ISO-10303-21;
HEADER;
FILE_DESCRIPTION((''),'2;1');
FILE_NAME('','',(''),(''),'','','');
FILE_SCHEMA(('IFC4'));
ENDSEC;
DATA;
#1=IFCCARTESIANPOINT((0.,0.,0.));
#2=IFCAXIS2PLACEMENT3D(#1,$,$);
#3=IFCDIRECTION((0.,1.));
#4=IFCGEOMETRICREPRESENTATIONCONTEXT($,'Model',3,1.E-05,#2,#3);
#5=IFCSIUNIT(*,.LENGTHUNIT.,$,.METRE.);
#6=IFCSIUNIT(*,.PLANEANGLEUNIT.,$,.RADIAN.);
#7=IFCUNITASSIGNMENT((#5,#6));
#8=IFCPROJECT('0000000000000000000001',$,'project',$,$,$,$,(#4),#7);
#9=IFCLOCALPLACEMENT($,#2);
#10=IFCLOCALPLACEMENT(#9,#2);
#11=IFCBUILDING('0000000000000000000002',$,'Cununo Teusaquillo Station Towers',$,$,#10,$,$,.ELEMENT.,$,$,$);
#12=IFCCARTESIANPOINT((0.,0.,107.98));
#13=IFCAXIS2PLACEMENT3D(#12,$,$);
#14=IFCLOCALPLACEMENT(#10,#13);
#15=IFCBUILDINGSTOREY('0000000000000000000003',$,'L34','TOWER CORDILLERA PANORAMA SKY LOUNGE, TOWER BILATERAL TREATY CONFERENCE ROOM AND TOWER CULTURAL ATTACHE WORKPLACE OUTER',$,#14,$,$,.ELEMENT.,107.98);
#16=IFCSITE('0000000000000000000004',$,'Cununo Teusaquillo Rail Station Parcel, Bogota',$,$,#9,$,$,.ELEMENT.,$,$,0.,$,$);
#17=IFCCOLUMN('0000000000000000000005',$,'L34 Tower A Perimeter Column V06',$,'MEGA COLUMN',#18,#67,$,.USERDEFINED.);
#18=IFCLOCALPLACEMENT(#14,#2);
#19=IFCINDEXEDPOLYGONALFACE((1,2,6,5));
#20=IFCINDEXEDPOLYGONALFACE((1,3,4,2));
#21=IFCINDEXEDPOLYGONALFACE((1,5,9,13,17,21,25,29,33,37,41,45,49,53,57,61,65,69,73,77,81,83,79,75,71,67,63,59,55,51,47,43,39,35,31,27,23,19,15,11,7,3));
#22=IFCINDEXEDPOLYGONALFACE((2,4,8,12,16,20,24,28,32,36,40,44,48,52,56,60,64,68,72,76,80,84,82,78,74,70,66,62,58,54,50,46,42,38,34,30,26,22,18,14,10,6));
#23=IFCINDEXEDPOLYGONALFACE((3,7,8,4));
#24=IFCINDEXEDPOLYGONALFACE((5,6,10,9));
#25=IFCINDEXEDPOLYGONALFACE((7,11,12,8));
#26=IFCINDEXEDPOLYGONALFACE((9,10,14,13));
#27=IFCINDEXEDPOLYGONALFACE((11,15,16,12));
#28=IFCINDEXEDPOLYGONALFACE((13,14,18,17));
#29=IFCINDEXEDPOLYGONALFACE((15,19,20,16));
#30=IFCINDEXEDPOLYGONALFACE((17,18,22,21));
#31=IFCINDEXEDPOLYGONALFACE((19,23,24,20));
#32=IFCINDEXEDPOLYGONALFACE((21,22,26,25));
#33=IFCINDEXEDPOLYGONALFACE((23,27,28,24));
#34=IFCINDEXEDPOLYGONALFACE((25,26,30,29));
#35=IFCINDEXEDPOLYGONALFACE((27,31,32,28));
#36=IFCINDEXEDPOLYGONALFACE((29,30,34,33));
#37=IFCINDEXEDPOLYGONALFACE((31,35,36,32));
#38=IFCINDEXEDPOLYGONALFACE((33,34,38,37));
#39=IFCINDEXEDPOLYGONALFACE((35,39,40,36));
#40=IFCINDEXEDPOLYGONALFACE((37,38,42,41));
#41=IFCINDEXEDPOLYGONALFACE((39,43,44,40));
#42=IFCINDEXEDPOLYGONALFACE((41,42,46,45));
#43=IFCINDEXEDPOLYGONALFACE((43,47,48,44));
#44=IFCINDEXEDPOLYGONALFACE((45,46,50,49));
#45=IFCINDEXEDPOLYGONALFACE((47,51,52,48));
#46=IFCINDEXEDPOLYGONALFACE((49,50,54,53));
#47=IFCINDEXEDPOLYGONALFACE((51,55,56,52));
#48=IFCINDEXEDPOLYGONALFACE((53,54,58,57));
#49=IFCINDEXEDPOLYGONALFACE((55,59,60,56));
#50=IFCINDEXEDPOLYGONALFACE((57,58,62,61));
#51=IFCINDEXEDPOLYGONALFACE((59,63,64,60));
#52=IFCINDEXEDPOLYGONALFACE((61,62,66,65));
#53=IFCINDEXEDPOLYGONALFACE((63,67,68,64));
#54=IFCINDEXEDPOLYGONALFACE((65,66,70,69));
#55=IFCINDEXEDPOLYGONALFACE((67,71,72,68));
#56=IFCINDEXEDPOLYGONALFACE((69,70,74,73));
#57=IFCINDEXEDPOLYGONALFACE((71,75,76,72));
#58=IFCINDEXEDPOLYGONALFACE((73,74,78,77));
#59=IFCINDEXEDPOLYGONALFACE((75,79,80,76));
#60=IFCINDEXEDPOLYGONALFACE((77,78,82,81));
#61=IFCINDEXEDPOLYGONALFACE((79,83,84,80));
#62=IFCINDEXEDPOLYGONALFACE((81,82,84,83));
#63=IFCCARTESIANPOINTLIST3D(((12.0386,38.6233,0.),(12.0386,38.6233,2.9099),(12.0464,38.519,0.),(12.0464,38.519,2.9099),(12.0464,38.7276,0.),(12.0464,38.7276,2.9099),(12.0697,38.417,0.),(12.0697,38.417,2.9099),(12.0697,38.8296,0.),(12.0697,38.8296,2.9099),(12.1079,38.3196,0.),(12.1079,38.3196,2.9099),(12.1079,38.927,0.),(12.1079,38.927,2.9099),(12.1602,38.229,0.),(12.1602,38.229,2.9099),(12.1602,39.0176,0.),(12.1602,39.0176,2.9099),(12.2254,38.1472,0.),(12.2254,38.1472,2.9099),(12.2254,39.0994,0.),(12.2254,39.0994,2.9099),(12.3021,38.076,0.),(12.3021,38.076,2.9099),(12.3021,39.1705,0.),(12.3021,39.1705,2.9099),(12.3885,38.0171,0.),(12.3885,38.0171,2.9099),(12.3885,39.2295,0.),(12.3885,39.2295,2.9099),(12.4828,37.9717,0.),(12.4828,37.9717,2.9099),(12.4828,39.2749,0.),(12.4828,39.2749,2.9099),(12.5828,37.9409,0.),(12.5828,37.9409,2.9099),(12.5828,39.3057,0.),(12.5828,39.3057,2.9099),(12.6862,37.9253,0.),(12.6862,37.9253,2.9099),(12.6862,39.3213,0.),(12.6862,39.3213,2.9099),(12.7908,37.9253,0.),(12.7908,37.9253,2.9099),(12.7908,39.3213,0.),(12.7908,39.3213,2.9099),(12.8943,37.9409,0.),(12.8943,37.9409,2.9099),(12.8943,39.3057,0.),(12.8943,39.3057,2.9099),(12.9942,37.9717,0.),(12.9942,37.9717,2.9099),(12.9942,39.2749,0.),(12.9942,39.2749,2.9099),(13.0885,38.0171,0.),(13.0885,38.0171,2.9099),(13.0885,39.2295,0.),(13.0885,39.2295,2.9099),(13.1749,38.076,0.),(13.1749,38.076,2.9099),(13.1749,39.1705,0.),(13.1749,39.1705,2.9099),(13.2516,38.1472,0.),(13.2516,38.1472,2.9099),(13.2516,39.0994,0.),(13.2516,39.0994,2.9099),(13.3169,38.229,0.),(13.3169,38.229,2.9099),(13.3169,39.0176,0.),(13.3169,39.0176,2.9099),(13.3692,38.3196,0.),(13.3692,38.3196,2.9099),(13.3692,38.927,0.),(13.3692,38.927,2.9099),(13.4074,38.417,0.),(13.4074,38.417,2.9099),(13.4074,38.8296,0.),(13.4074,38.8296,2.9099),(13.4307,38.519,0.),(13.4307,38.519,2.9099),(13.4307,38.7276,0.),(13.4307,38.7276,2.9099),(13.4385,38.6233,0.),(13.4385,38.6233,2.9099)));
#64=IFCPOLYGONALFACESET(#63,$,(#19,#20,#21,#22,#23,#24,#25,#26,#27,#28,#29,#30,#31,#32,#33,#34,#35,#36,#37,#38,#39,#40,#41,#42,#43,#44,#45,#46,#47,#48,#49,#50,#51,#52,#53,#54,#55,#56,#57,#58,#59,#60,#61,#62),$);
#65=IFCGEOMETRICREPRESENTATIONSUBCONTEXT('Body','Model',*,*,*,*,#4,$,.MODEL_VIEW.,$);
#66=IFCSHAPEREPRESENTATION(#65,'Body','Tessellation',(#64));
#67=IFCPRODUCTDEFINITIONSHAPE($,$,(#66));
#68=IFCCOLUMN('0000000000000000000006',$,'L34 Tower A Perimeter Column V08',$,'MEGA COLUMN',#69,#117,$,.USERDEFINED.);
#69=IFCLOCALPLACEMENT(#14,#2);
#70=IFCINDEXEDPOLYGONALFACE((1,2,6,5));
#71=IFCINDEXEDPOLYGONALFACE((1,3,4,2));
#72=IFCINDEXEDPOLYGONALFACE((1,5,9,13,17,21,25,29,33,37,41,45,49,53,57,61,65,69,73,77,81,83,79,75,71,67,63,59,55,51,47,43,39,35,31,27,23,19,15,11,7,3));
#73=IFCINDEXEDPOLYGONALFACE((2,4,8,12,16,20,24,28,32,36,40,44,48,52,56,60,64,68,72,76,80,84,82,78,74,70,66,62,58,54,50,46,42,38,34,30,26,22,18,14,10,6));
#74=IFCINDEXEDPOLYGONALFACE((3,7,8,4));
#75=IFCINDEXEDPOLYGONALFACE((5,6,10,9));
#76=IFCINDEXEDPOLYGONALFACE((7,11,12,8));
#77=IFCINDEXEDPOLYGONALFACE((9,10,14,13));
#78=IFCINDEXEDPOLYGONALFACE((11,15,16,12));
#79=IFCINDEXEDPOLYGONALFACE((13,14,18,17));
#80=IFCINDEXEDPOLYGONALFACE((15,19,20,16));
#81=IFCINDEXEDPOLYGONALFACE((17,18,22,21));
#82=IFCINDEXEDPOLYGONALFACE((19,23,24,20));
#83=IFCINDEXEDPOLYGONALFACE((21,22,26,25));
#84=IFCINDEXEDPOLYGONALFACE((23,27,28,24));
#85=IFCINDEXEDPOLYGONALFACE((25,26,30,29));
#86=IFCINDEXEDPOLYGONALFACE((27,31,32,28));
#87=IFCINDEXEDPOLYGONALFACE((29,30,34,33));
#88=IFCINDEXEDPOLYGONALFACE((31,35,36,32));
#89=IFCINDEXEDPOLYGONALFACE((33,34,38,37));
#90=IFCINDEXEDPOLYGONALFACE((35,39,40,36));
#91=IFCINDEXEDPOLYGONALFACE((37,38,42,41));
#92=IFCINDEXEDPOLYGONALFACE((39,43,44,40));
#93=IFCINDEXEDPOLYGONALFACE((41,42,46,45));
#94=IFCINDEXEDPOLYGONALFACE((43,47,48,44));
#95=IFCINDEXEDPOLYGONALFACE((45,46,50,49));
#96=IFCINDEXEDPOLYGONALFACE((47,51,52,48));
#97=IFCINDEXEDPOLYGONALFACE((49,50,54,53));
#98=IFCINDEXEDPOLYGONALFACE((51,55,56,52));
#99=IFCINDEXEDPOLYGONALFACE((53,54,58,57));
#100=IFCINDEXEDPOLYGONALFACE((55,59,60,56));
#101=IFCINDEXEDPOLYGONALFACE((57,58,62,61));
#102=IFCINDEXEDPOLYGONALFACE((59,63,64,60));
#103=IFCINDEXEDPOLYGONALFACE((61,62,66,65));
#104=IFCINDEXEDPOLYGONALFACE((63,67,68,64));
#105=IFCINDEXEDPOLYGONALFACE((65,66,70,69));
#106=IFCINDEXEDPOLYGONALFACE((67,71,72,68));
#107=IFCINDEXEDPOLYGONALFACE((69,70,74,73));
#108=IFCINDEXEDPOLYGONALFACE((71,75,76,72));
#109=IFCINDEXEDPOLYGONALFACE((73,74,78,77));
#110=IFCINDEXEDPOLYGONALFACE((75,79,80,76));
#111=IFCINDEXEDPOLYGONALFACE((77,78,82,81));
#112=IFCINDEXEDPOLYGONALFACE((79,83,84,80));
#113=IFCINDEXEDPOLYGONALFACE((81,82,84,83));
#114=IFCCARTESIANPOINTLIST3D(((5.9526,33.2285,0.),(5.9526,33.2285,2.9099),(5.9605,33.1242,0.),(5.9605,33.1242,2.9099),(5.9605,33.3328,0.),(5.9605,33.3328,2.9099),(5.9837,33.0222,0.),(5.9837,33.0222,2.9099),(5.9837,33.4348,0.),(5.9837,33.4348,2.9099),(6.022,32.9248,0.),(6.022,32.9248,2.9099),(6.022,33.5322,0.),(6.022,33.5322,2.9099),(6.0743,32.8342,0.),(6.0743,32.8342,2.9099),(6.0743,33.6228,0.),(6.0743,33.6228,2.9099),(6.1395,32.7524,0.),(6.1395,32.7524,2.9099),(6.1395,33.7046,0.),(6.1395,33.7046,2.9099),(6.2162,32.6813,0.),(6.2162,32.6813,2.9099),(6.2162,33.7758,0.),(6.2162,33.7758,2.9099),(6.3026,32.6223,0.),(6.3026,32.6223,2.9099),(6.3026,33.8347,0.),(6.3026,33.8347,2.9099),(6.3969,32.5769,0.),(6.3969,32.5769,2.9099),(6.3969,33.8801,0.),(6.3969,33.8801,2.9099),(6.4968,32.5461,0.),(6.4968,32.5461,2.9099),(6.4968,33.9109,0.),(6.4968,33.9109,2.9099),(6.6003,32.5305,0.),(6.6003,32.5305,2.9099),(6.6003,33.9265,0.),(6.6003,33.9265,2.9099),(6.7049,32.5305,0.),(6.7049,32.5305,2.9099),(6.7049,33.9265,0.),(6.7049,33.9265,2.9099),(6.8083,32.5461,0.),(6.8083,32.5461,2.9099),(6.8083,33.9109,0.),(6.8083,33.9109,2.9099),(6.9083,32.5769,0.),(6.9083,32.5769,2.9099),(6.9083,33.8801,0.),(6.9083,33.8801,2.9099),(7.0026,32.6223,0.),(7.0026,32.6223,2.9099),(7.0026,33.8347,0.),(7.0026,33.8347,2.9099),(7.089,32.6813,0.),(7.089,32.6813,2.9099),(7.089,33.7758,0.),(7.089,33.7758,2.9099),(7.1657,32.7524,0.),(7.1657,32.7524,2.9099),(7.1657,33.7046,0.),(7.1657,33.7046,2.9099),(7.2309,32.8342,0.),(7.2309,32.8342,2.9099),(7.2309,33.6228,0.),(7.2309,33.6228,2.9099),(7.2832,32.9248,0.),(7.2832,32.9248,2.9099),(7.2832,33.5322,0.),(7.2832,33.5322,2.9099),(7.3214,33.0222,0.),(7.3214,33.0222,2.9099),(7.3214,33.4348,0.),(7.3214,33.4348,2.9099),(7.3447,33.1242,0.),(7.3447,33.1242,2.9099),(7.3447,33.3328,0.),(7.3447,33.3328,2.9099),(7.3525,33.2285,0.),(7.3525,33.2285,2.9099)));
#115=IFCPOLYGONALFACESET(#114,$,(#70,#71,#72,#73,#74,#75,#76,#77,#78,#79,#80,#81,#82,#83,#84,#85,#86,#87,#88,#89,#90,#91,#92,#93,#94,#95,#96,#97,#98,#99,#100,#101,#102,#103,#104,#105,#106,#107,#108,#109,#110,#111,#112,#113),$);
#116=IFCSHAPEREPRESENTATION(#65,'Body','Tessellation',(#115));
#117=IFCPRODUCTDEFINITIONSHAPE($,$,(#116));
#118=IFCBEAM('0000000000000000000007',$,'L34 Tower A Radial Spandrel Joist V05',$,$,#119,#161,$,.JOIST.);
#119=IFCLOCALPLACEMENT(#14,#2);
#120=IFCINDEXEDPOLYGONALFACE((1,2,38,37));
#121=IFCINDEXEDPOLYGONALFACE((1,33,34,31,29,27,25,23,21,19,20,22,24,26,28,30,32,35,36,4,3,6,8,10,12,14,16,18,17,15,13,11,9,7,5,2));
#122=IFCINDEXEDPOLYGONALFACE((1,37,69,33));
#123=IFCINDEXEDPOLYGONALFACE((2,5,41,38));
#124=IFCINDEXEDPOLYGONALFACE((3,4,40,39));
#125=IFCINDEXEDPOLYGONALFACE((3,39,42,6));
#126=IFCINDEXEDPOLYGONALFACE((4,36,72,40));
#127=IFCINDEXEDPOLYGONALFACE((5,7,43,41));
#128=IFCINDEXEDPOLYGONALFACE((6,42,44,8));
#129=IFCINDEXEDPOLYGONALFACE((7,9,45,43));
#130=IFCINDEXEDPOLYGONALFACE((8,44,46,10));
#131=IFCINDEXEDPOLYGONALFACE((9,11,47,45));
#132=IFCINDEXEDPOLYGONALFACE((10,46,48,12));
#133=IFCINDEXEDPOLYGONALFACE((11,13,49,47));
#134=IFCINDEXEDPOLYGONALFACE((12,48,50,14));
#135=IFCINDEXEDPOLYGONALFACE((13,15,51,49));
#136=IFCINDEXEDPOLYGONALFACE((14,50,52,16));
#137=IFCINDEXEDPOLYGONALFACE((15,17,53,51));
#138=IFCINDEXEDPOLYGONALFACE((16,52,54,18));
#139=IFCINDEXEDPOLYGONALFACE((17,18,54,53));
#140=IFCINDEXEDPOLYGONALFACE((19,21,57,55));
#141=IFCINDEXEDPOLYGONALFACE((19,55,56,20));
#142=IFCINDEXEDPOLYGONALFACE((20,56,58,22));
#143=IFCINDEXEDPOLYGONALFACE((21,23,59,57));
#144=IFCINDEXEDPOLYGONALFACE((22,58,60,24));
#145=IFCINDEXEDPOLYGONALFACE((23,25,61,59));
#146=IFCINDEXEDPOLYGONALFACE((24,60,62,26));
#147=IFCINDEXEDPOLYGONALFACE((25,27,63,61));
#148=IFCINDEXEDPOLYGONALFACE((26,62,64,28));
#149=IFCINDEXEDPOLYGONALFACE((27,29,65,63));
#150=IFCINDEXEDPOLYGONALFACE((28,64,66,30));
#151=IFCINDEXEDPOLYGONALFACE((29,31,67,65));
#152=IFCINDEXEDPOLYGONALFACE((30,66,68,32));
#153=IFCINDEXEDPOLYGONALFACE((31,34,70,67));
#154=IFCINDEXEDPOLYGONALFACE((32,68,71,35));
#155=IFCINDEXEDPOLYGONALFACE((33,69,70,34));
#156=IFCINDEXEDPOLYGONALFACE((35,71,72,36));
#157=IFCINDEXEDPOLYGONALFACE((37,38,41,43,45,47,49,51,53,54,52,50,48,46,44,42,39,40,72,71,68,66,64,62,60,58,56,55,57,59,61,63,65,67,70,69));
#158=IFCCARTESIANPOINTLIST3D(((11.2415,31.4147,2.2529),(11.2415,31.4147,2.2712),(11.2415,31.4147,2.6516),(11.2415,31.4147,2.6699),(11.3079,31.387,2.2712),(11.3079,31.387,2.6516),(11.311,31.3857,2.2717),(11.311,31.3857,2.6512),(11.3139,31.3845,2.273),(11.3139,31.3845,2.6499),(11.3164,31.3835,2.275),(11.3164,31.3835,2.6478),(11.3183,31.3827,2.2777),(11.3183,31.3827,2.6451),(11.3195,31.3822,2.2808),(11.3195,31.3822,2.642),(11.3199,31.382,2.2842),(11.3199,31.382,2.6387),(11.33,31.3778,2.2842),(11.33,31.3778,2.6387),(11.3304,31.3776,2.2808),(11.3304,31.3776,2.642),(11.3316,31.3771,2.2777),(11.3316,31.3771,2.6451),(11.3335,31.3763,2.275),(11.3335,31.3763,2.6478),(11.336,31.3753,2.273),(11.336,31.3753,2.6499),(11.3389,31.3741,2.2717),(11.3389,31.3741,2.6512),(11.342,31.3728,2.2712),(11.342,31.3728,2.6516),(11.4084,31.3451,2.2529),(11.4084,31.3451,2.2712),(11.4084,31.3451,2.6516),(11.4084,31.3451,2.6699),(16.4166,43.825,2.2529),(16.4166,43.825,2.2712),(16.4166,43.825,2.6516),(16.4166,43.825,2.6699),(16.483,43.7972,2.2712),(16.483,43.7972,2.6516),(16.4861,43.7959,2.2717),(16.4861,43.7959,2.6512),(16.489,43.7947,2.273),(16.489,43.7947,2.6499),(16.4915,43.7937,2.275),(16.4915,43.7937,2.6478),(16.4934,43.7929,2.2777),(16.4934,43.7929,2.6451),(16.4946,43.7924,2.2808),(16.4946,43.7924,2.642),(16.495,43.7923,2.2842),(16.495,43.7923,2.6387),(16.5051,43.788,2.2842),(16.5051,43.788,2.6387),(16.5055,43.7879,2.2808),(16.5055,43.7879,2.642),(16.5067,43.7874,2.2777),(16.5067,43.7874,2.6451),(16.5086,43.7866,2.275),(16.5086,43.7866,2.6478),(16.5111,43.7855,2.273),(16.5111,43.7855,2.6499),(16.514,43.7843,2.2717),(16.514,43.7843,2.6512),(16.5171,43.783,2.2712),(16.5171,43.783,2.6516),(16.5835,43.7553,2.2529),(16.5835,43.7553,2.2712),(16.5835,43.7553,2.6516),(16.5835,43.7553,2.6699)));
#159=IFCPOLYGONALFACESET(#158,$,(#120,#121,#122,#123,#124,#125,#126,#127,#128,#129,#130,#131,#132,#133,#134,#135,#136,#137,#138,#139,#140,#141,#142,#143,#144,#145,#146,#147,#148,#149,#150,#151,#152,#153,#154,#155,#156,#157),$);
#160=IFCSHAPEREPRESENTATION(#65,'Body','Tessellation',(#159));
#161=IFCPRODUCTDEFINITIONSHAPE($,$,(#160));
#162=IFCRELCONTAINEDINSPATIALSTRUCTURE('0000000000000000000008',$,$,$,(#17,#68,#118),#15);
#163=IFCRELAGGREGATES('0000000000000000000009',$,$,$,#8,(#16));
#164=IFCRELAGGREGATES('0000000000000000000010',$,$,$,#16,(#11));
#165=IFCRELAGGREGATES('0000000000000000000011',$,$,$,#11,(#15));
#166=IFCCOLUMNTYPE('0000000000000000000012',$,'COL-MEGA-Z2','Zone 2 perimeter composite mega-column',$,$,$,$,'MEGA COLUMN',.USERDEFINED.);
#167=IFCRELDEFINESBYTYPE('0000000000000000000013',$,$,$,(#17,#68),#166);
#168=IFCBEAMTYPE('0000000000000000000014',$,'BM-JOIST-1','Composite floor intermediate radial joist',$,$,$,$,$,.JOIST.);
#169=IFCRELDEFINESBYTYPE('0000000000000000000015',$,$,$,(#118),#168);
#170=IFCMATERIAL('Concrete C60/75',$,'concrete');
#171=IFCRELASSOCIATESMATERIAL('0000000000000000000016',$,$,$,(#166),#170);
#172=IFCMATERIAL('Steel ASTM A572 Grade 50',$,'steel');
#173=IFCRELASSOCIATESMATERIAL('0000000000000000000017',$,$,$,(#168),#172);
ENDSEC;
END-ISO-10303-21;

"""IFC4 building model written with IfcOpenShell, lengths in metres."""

from ifc_helpers import new_model, si_unit, direction, frame, origin, origin_2d, place, context, subcontext, project, spatial, circle, i_section, extrude, material, material_profile, profile_set, type_object, element, save


model = new_model("IFC4")

# Units and contexts
model_context = context("Model", 3, precision=1e-05, world=origin(), true_north=direction((0.0, 1.0)))
body_context = subcontext(model_context, "Body", "Model", "MODEL_VIEW")
ifc_project = project(units=[si_unit("LENGTHUNIT", "METRE"), si_unit("PLANEANGLEUNIT", "RADIAN")], contexts=[model_context])

# Site, building, storey
site_placement = place(None, origin())
site = spatial("IfcSite", under=ifc_project, at=site_placement, Name="Cununo Teusaquillo Rail Station Parcel, Bogota", CompositionType="ELEMENT", RefElevation=0.0)
building_placement = place(site_placement, origin())
building = spatial("IfcBuilding", under=site, at=building_placement, Name="Cununo Teusaquillo Station Towers", CompositionType="ELEMENT")
storey_placement = place(building_placement, frame((0.0, 0.0, 107.98)))
storey = spatial("IfcBuildingStorey", under=building, at=storey_placement, Name="L34", Description="TOWER CORDILLERA PANORAMA SKY LOUNGE, TOWER BILATERAL TREATY CONFERENCE ROOM AND TOWER CULTURAL ATTACHE WORKPLACE OUTER", CompositionType="ELEMENT", Elevation=107.98)

# Columns
ifc_material_1 = material(Name="Concrete C60/75", Category="concrete")
ifc_material_profile_1 = material_profile(ifc_material_1, circle(Radius=0.7, at=origin_2d()), Name="RC-CIRC-1400")
ifc_profile_set_1 = profile_set([ifc_material_profile_1], Name="Concrete C60/75")
column_type = type_object("IfcColumnType", Name="COL-MEGA-Z2", Description="Zone 2 perimeter composite mega-column", ElementType="MEGA COLUMN", PredefinedType="USERDEFINED", material=ifc_profile_set_1)
for number, where, z_axis, x_axis, name in (
    (1, (12.7385, 38.6233, 0.0), (0.0, 0.0, 1.0), (1.0, 0.0, 0.0), "L34 Tower A Perimeter Column V06"),
    (2, (6.6526, 33.2285, 0.0), (0.0, 0.0, 1.0), (1.0, 0.0, 0.0), "L34 Tower A Perimeter Column V08"),
):
    element("IfcColumn", number, at=place(storey_placement, frame(where, z_axis=z_axis, x_axis=x_axis)), inside=storey, type_object=column_type, Name=name, ObjectType="MEGA COLUMN", PredefinedType="USERDEFINED", context=body_context, shape_type="SweptSolid", body=[
        extrude(circle(Radius=0.7, at=origin_2d()), origin(), (0.0, 0.0, 1.0), 2.9099),
    ])

# Beam
ifc_material_2 = material(Name="Steel ASTM A572 Grade 50", Category="steel")
ifc_material_profile_2 = material_profile(ifc_material_2, i_section(OverallWidth=0.1809, OverallDepth=0.417, WebThickness=0.011, FlangeThickness=0.0183, FilletRadius=0.0129, at=origin_2d()), Name="W16X57")
ifc_profile_set_2 = profile_set([ifc_material_profile_2], Name="Steel ASTM A572 Grade 50")
beam_type_1 = type_object("IfcBeamType", Name="BM-JOIST-1", Description="Composite floor intermediate radial joist", PredefinedType="JOIST", material=ifc_profile_set_2)
beam_1_placement = place(storey_placement, frame((11.325, 31.3799, 2.4614), z_axis=(0.384878, 0.922967, 0.0), x_axis=(-0.922967, 0.384878, 0.0)))
element("IfcBeam", 3, at=beam_1_placement, inside=storey, type_object=beam_type_1, Name="L34 Tower A Radial Spandrel Joist V05", PredefinedType="JOIST", context=body_context, shape_type="SweptSolid", body=[
    extrude(i_section(OverallWidth=0.1809, OverallDepth=0.417, WebThickness=0.011, FlangeThickness=0.0183, FilletRadius=0.0129, at=origin_2d()), origin(), (0.0, 0.0, 1.0), 13.446),
])

save(model, "model.ifc")
